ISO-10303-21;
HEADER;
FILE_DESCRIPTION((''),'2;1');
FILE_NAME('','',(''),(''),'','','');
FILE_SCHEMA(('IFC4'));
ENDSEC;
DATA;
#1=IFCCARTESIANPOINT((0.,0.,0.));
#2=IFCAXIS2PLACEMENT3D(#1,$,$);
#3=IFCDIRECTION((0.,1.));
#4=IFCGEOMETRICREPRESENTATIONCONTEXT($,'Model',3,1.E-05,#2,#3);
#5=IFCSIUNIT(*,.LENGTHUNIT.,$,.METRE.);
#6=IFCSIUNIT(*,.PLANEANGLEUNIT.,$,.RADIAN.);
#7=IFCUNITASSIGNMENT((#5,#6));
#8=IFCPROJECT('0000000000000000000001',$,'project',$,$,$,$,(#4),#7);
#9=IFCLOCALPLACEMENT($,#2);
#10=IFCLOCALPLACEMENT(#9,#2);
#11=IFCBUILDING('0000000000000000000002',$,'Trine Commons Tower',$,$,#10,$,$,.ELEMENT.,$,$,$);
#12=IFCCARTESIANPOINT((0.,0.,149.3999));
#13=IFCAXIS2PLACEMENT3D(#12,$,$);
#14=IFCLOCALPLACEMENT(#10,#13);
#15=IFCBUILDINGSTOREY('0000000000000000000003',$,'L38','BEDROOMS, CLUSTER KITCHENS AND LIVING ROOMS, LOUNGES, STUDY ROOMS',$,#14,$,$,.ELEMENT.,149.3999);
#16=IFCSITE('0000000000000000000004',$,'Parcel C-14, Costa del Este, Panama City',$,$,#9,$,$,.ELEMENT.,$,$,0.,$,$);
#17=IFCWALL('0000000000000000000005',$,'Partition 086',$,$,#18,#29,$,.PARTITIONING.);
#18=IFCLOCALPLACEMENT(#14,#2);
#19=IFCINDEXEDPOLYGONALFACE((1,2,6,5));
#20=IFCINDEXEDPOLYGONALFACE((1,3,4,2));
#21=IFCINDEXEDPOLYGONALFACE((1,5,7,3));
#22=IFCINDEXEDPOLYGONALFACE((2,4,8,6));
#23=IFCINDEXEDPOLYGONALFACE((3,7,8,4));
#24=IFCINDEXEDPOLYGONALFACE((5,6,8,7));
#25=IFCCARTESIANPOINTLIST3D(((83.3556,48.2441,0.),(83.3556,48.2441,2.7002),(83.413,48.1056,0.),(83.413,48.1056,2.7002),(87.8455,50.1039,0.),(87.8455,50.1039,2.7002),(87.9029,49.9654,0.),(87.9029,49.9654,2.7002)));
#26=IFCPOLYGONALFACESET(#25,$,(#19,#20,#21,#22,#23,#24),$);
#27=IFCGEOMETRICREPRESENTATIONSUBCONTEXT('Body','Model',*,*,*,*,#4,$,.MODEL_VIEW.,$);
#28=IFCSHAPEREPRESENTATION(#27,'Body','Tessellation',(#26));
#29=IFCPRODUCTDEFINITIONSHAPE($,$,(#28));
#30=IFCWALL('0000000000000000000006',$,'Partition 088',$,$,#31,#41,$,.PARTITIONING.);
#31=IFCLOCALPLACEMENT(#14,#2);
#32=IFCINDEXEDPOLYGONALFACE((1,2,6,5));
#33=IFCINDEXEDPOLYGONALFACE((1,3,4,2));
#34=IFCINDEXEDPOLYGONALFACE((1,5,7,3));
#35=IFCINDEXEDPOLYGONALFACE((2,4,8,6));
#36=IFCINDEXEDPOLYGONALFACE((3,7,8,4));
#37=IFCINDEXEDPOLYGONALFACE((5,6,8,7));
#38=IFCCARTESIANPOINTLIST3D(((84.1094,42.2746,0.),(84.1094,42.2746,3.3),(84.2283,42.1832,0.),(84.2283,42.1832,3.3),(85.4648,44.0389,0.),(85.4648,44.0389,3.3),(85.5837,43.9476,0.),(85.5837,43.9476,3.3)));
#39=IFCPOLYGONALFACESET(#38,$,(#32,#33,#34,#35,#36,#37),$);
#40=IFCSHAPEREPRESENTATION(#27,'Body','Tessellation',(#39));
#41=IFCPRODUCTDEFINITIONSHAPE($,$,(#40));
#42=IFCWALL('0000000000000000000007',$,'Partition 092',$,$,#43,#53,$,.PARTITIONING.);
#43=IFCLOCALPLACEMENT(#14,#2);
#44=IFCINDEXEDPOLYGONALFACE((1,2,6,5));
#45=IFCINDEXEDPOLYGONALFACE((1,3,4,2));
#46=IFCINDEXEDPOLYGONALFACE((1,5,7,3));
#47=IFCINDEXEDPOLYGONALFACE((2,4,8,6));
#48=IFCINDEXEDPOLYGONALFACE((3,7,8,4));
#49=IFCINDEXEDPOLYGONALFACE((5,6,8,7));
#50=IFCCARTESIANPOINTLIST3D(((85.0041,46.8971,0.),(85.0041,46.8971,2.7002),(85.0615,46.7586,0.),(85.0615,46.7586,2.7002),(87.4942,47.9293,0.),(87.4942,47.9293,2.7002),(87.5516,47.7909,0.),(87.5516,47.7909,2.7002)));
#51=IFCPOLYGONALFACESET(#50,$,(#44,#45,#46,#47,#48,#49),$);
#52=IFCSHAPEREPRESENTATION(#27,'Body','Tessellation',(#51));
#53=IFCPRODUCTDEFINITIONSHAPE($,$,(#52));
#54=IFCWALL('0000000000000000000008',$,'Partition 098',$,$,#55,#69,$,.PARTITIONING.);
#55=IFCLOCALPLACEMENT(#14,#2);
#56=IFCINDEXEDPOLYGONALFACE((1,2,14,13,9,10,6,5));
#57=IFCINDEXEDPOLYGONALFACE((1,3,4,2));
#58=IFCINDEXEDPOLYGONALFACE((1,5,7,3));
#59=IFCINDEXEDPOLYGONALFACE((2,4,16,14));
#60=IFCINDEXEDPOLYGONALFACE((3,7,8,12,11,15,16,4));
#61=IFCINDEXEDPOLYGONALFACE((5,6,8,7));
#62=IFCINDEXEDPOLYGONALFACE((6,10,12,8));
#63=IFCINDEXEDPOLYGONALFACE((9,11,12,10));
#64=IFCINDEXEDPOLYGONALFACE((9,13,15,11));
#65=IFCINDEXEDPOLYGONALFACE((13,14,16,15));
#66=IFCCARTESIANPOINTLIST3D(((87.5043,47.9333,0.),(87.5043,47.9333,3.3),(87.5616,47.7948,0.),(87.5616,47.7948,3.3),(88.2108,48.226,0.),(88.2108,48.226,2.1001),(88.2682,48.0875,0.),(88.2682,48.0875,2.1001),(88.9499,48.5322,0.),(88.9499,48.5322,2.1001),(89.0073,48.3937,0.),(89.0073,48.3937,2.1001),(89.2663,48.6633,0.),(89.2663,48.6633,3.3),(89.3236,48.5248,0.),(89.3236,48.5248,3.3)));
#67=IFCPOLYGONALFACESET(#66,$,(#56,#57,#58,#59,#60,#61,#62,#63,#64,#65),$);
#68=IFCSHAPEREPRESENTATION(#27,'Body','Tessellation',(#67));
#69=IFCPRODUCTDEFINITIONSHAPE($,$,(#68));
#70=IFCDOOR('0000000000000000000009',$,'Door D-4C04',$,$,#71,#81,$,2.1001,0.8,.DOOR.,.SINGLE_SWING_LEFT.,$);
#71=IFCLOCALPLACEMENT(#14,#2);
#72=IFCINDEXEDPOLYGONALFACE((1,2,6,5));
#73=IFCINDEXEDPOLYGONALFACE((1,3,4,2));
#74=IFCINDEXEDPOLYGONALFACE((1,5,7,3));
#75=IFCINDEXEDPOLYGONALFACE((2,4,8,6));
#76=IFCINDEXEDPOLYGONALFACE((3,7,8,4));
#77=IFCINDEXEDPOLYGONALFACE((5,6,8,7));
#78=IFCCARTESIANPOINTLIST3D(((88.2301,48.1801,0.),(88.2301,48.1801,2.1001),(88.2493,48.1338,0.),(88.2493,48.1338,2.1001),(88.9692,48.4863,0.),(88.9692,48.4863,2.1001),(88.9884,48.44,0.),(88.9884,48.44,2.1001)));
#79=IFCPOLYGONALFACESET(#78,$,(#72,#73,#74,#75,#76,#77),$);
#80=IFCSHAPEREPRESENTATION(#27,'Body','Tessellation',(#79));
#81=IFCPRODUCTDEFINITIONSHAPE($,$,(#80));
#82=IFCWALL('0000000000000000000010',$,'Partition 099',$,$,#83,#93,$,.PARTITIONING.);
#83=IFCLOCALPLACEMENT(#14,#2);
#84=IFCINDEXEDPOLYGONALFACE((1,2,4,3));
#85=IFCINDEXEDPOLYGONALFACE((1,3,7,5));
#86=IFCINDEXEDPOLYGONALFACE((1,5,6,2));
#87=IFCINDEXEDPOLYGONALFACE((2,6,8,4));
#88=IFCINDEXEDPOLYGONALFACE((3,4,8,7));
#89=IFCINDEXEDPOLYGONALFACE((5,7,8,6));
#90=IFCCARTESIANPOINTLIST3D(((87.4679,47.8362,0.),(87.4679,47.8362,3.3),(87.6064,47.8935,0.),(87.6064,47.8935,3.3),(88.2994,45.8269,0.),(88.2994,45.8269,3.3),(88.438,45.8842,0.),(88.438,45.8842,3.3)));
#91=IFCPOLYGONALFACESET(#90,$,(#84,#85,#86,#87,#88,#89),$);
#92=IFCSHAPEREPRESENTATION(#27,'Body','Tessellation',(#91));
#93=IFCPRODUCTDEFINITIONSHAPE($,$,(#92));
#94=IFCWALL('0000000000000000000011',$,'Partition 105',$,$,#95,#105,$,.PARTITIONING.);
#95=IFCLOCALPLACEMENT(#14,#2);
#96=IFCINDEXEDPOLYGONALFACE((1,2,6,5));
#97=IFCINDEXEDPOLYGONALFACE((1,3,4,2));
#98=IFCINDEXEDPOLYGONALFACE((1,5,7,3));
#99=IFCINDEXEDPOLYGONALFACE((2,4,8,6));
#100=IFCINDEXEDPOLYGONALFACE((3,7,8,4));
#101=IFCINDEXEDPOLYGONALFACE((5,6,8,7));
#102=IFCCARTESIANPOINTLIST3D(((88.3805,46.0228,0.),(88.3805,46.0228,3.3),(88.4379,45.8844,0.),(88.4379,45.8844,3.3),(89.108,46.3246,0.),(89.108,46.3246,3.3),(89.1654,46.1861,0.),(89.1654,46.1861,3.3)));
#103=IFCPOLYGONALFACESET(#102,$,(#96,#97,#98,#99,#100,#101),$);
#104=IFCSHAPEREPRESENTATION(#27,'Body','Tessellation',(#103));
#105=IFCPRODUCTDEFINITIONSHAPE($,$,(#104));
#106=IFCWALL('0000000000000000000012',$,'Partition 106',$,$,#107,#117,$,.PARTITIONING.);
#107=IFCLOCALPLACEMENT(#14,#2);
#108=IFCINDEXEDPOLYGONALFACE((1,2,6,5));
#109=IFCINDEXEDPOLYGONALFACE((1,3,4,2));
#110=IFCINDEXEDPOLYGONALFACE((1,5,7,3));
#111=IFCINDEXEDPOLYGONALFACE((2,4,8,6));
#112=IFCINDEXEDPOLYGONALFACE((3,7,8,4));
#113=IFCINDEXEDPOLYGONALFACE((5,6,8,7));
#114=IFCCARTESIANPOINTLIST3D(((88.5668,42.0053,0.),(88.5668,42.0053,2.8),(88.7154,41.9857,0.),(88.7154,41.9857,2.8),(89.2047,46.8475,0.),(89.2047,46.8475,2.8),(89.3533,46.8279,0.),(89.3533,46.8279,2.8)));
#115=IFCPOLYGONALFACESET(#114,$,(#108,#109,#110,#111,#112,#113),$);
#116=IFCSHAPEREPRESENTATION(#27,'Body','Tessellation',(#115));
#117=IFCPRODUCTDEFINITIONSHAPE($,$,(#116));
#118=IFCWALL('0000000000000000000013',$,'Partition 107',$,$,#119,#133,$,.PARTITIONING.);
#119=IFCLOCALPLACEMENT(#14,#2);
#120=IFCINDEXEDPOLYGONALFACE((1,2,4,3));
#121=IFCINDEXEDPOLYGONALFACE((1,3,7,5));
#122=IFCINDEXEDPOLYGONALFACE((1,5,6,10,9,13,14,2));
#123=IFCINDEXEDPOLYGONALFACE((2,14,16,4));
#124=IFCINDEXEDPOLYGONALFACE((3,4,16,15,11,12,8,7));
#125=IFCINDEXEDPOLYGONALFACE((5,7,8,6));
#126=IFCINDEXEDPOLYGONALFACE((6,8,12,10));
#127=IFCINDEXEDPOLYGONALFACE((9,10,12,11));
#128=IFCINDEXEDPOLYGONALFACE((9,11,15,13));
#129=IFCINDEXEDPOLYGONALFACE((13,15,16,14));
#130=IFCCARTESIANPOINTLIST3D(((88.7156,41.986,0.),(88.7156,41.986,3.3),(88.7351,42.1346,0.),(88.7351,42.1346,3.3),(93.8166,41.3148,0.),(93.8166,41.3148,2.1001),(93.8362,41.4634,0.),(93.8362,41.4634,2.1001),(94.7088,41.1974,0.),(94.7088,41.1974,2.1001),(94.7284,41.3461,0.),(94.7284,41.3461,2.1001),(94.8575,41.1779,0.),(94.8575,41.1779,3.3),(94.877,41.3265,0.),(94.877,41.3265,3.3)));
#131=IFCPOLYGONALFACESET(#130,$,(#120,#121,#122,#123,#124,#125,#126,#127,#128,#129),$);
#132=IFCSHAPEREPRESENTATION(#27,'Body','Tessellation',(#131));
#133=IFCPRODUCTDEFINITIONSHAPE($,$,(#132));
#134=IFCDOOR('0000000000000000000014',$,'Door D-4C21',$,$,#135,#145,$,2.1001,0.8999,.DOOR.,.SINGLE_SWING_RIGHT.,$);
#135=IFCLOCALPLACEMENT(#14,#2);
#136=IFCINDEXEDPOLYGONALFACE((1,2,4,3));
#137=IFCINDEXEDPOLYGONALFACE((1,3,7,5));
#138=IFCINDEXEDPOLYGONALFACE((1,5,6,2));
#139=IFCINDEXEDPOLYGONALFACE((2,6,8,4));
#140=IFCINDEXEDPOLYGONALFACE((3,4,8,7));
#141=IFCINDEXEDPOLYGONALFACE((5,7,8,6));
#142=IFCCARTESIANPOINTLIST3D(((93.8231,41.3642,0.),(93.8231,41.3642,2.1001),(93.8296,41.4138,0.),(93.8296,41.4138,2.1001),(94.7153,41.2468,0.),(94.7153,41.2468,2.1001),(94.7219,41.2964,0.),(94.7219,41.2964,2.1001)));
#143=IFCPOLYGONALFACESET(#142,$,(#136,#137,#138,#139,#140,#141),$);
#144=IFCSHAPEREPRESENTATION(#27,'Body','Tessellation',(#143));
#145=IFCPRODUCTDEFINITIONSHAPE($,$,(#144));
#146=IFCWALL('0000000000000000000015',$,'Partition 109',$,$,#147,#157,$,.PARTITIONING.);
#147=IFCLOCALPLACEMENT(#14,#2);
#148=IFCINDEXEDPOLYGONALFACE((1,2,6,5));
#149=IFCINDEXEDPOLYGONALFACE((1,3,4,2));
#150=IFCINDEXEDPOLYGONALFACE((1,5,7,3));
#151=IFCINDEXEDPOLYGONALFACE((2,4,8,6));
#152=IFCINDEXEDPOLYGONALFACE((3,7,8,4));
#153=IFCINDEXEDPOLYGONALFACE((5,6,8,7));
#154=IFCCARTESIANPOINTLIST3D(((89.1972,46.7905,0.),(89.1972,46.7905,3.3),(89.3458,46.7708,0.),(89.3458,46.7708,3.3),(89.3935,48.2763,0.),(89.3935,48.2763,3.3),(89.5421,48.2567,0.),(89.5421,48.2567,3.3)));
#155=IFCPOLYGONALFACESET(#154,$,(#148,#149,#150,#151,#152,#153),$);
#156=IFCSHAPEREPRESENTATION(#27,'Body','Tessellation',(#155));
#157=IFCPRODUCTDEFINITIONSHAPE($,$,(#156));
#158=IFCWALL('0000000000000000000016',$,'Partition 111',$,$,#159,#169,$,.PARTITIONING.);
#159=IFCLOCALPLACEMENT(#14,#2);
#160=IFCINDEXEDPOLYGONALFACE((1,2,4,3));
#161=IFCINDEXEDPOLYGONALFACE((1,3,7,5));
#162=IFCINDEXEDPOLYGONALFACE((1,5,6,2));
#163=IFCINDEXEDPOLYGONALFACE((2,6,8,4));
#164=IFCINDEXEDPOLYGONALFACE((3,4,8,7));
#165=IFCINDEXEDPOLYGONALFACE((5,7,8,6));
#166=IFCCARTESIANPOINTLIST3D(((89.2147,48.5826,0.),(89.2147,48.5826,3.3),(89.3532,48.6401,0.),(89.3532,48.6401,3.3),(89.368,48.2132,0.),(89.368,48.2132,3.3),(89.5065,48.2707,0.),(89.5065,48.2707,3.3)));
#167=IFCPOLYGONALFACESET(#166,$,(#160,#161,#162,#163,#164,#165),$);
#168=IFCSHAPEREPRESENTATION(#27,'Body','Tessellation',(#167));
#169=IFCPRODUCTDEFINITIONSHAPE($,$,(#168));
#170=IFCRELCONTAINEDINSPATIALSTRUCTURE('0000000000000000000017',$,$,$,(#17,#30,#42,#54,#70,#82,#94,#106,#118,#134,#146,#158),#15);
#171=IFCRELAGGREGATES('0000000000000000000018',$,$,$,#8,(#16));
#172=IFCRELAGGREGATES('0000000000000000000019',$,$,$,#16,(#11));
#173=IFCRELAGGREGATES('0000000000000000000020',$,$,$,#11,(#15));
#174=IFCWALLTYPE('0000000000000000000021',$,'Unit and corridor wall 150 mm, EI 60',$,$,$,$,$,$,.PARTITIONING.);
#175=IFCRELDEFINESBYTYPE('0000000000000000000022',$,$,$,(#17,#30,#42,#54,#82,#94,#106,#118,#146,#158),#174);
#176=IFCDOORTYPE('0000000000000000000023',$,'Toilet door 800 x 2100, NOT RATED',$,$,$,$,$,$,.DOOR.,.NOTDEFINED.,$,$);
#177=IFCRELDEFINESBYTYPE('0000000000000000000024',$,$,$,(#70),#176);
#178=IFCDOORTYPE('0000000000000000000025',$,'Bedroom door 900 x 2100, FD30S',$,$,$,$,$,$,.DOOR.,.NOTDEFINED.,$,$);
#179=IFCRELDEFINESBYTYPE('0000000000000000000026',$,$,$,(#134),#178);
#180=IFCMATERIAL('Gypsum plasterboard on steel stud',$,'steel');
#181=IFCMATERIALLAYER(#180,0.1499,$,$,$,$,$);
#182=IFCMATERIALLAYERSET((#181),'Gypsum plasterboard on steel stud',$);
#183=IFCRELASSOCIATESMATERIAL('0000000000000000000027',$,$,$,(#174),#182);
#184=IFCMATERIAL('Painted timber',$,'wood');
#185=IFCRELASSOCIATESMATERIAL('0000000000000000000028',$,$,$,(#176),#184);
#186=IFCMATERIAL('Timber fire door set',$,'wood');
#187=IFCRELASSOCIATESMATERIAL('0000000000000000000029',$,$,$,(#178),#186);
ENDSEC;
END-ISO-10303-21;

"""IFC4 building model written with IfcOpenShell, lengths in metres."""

from ifc_helpers import new_model, si_unit, direction, frame, frame_2d, origin, place, context, subcontext, project, spatial, rectangle, extrude, material, layer, layer_set, type_object, element, fill, save


model = new_model("IFC4")

# Units and contexts
model_context = context("Model", 3, precision=1e-05, world=origin(), true_north=direction((0.0, 1.0)))
body_context = subcontext(model_context, "Body", "Model", "MODEL_VIEW")
ifc_project = project(units=[si_unit("LENGTHUNIT", "METRE"), si_unit("PLANEANGLEUNIT", "RADIAN")], contexts=[model_context])

# Site, building, storey
site_placement = place(None, origin())
site = spatial("IfcSite", under=ifc_project, at=site_placement, Name="Parcel C-14, Costa del Este, Panama City", CompositionType="ELEMENT", RefElevation=0.0)
building_placement = place(site_placement, origin())
building = spatial("IfcBuilding", under=site, at=building_placement, Name="Trine Commons Tower", CompositionType="ELEMENT")
storey_placement = place(building_placement, frame((0.0, 0.0, 149.3999)))
storey = spatial("IfcBuildingStorey", under=building, at=storey_placement, Name="L38", Description="BEDROOMS, CLUSTER KITCHENS AND LIVING ROOMS, LOUNGES, STUDY ROOMS", CompositionType="ELEMENT", Elevation=149.3999)

# Shared definitions
ifc_material_1 = material(Name="Gypsum plasterboard on steel stud", Category="steel")
ifc_layer_1 = layer(ifc_material_1, 0.1499)
ifc_layer_set_1 = layer_set([ifc_layer_1], Name="Gypsum plasterboard on steel stud")
wall_type_1 = type_object("IfcWallType", Name="Unit and corridor wall 150 mm, EI 60", PredefinedType="PARTITIONING", material=ifc_layer_set_1)
ifc_material_2 = material(Name="Timber fire door set", Category="wood")

# Walls
wall_1_placement = place(storey_placement, frame((83.3843, 48.1748, 0.0), z_axis=(0.0, 0.0, 1.0), x_axis=(0.923876, 0.382692, 0.0)))
element("IfcWall", 1, at=wall_1_placement, inside=storey, type_object=wall_type_1, Name="Partition 086", PredefinedType="PARTITIONING", context=body_context, shape_type="SweptSolid", body=[
    extrude(rectangle(XDim=4.8599, YDim=0.1499, at=frame_2d((2.4299, 0.0))), origin(), (0.0, 0.0, 1.0), 2.7002),
])
wall_2_placement = place(storey_placement, frame((84.1689, 42.229, 0.0), z_axis=(0.0, 0.0, 1.0), x_axis=(0.609212, 0.793007, 0.0)))
element("IfcWall", 2, at=wall_2_placement, inside=storey, type_object=wall_type_1, Name="Partition 088", PredefinedType="PARTITIONING", context=body_context, shape_type="SweptSolid", body=[
    extrude(rectangle(XDim=2.2249, YDim=0.1499, at=frame_2d((1.1123, 0.0))), origin(), (0.0, 0.0, 1.0), 3.3),
])
wall_3_placement = place(storey_placement, frame((85.033, 46.8279, 0.0), z_axis=(0.0, 0.0, 1.0), x_axis=(0.923769, 0.382949, 0.0)))
element("IfcWall", 3, at=wall_3_placement, inside=storey, type_object=wall_type_1, Name="Partition 092", PredefinedType="PARTITIONING", context=body_context, shape_type="SweptSolid", body=[
    extrude(rectangle(XDim=2.6956, YDim=0.1499, at=frame_2d((1.3477, 0.0))), origin(), (0.0, 0.0, 1.0), 2.7002),
])

# Wall, opening, door
wall_4_placement = place(storey_placement, frame((87.533, 47.864, 0.0), z_axis=(0.0, 0.0, 1.0), x_axis=(0.923851, 0.382751, 0.0)))
wall_4 = element("IfcWall", 4, at=wall_4_placement, inside=storey, type_object=wall_type_1, Name="Partition 098", PredefinedType="PARTITIONING", context=body_context, shape_type="SweptSolid", body=[
    extrude(rectangle(XDim=1.9072, YDim=0.1499, at=frame_2d((0.9536, 0.0))), origin(), (0.0, 0.0, 1.0), 3.3),
])
opening_1_placement = place(wall_4_placement, frame((0.7649, 0.0, 0.0)))
opening_1 = element("IfcOpeningElement", 5, at=opening_1_placement, cuts=wall_4, PredefinedType="OPENING", context=body_context, shape_type="SweptSolid", body=[
    extrude(rectangle(XDim=0.8, YDim=2.1001, at=frame_2d((0.3999, 1.05))), frame((0.0, 0.085, 0.0), z_axis=(0.0, -1.0, 0.0), x_axis=(1.0, 0.0, 0.0)), (0.0, 0.0, 1.0), 0.1699),
])
ifc_material_3 = material(Name="Painted timber", Category="wood")
door_type_1 = type_object("IfcDoorType", Name="Toilet door 800 x 2100, NOT RATED", OperationType="NOTDEFINED", PredefinedType="DOOR", material=ifc_material_3)
door_1_placement = place(opening_1_placement, frame((0.8, 0.0, 0.0), z_axis=(0.0, 0.0, 1.0), x_axis=(-1.0, 0.0, 0.0)))
door_1 = element("IfcDoor", 6, at=door_1_placement, inside=storey, type_object=door_type_1, Name="Door D-4C04", OperationType="SINGLE_SWING_LEFT", OverallHeight=2.1001, OverallWidth=0.8, PredefinedType="DOOR", context=body_context, shape_type="SweptSolid", body=[
    extrude(rectangle(XDim=0.8, YDim=2.1001, at=frame_2d((0.3999, 1.05))), frame((0.0, 0.0249, 0.0), z_axis=(0.0, -1.0, 0.0), x_axis=(1.0, 0.0, 0.0)), (0.0, 0.0, 1.0), 0.05),
])
fill(opening_1, door_1)

# Walls
wall_5_placement = place(storey_placement, frame((87.5371, 47.865, 0.0), z_axis=(0.0, 0.0, 1.0), x_axis=(0.382398, -0.923998, 0.0)))
element("IfcWall", 7, at=wall_5_placement, inside=storey, type_object=wall_type_1, Name="Partition 099", PredefinedType="PARTITIONING", context=body_context, shape_type="SweptSolid", body=[
    extrude(rectangle(XDim=2.1746, YDim=0.1499, at=frame_2d((1.0874, 0.0))), origin(), (0.0, 0.0, 1.0), 3.3),
])
wall_6_placement = place(storey_placement, frame((88.4092, 45.9536, 0.0), z_axis=(0.0, 0.0, 1.0), x_axis=(0.923699, 0.383118, 0.0)))
element("IfcWall", 8, at=wall_6_placement, inside=storey, type_object=wall_type_1, Name="Partition 105", PredefinedType="PARTITIONING", context=body_context, shape_type="SweptSolid", body=[
    extrude(rectangle(XDim=0.7876, YDim=0.1499, at=frame_2d((0.3938, 0.0))), origin(), (0.0, 0.0, 1.0), 3.3),
])
wall_7_placement = place(storey_placement, frame((88.6411, 41.9956, 0.0), z_axis=(0.0, 0.0, 1.0), x_axis=(0.130615, 0.991433, 0.0)))
element("IfcWall", 9, at=wall_7_placement, inside=storey, type_object=wall_type_1, Name="Partition 106", PredefinedType="PARTITIONING", context=body_context, shape_type="SweptSolid", body=[
    extrude(rectangle(XDim=4.884, YDim=0.1499, at=frame_2d((2.4419, 0.0))), origin(), (0.0, 0.0, 1.0), 2.8),
])

# Wall, opening, door
wall_8_placement = place(storey_placement, frame((88.7253, 42.0603, 0.0), z_axis=(0.0, 0.0, 1.0), x_axis=(0.991455, -0.130449, 0.0)))
wall_8 = element("IfcWall", 10, at=wall_8_placement, inside=storey, type_object=wall_type_1, Name="Partition 107", PredefinedType="PARTITIONING", context=body_context, shape_type="SweptSolid", body=[
    extrude(rectangle(XDim=6.1948, YDim=0.1499, at=frame_2d((3.0974, 0.0))), origin(), (0.0, 0.0, 1.0), 3.3),
])
opening_2_placement = place(wall_8_placement, frame((5.145, 0.0, 0.0)))
opening_2 = element("IfcOpeningElement", 11, at=opening_2_placement, cuts=wall_8, PredefinedType="OPENING", context=body_context, shape_type="SweptSolid", body=[
    extrude(rectangle(XDim=0.8999, YDim=2.1001, at=frame_2d((0.45, 1.05))), frame((0.0, 0.085, 0.0), z_axis=(0.0, -1.0, 0.0), x_axis=(1.0, 0.0, 0.0)), (0.0, 0.0, 1.0), 0.1699),
])
door_type_2 = type_object("IfcDoorType", Name="Bedroom door 900 x 2100, FD30S", OperationType="NOTDEFINED", PredefinedType="DOOR", material=ifc_material_2)
door_2_placement = place(opening_2_placement, origin())
door_2 = element("IfcDoor", 12, at=door_2_placement, inside=storey, type_object=door_type_2, Name="Door D-4C21", OperationType="SINGLE_SWING_RIGHT", OverallHeight=2.1001, OverallWidth=0.8999, PredefinedType="DOOR", context=body_context, shape_type="SweptSolid", body=[
    extrude(rectangle(XDim=0.8999, YDim=2.1001, at=frame_2d((0.45, 1.05))), frame((0.0, 0.0249, 0.0), z_axis=(0.0, -1.0, 0.0), x_axis=(1.0, 0.0, 0.0)), (0.0, 0.0, 1.0), 0.05),
])
fill(opening_2, door_2)

# Walls
wall_9_placement = place(storey_placement, frame((89.2715, 46.7805, 0.0), z_axis=(0.0, 0.0, 1.0), x_axis=(0.130969, 0.991387, 0.0)))
element("IfcWall", 13, at=wall_9_placement, inside=storey, type_object=wall_type_1, Name="Partition 109", PredefinedType="PARTITIONING", context=body_context, shape_type="SweptSolid", body=[
    extrude(rectangle(XDim=1.4988, YDim=0.1499, at=frame_2d((0.7495, 0.0))), origin(), (0.0, 0.0, 1.0), 3.3),
])
wall_10_placement = place(storey_placement, frame((89.2839, 48.6113, 0.0), z_axis=(0.0, 0.0, 1.0), x_axis=(0.383358, -0.9236, 0.0)))
element("IfcWall", 14, at=wall_10_placement, inside=storey, type_object=wall_type_1, Name="Partition 111", PredefinedType="PARTITIONING", context=body_context, shape_type="SweptSolid", body=[
    extrude(rectangle(XDim=0.3999, YDim=0.1499, at=frame_2d((0.2, 0.0))), origin(), (0.0, 0.0, 1.0), 3.3),
])

save(model, "model.ifc")
